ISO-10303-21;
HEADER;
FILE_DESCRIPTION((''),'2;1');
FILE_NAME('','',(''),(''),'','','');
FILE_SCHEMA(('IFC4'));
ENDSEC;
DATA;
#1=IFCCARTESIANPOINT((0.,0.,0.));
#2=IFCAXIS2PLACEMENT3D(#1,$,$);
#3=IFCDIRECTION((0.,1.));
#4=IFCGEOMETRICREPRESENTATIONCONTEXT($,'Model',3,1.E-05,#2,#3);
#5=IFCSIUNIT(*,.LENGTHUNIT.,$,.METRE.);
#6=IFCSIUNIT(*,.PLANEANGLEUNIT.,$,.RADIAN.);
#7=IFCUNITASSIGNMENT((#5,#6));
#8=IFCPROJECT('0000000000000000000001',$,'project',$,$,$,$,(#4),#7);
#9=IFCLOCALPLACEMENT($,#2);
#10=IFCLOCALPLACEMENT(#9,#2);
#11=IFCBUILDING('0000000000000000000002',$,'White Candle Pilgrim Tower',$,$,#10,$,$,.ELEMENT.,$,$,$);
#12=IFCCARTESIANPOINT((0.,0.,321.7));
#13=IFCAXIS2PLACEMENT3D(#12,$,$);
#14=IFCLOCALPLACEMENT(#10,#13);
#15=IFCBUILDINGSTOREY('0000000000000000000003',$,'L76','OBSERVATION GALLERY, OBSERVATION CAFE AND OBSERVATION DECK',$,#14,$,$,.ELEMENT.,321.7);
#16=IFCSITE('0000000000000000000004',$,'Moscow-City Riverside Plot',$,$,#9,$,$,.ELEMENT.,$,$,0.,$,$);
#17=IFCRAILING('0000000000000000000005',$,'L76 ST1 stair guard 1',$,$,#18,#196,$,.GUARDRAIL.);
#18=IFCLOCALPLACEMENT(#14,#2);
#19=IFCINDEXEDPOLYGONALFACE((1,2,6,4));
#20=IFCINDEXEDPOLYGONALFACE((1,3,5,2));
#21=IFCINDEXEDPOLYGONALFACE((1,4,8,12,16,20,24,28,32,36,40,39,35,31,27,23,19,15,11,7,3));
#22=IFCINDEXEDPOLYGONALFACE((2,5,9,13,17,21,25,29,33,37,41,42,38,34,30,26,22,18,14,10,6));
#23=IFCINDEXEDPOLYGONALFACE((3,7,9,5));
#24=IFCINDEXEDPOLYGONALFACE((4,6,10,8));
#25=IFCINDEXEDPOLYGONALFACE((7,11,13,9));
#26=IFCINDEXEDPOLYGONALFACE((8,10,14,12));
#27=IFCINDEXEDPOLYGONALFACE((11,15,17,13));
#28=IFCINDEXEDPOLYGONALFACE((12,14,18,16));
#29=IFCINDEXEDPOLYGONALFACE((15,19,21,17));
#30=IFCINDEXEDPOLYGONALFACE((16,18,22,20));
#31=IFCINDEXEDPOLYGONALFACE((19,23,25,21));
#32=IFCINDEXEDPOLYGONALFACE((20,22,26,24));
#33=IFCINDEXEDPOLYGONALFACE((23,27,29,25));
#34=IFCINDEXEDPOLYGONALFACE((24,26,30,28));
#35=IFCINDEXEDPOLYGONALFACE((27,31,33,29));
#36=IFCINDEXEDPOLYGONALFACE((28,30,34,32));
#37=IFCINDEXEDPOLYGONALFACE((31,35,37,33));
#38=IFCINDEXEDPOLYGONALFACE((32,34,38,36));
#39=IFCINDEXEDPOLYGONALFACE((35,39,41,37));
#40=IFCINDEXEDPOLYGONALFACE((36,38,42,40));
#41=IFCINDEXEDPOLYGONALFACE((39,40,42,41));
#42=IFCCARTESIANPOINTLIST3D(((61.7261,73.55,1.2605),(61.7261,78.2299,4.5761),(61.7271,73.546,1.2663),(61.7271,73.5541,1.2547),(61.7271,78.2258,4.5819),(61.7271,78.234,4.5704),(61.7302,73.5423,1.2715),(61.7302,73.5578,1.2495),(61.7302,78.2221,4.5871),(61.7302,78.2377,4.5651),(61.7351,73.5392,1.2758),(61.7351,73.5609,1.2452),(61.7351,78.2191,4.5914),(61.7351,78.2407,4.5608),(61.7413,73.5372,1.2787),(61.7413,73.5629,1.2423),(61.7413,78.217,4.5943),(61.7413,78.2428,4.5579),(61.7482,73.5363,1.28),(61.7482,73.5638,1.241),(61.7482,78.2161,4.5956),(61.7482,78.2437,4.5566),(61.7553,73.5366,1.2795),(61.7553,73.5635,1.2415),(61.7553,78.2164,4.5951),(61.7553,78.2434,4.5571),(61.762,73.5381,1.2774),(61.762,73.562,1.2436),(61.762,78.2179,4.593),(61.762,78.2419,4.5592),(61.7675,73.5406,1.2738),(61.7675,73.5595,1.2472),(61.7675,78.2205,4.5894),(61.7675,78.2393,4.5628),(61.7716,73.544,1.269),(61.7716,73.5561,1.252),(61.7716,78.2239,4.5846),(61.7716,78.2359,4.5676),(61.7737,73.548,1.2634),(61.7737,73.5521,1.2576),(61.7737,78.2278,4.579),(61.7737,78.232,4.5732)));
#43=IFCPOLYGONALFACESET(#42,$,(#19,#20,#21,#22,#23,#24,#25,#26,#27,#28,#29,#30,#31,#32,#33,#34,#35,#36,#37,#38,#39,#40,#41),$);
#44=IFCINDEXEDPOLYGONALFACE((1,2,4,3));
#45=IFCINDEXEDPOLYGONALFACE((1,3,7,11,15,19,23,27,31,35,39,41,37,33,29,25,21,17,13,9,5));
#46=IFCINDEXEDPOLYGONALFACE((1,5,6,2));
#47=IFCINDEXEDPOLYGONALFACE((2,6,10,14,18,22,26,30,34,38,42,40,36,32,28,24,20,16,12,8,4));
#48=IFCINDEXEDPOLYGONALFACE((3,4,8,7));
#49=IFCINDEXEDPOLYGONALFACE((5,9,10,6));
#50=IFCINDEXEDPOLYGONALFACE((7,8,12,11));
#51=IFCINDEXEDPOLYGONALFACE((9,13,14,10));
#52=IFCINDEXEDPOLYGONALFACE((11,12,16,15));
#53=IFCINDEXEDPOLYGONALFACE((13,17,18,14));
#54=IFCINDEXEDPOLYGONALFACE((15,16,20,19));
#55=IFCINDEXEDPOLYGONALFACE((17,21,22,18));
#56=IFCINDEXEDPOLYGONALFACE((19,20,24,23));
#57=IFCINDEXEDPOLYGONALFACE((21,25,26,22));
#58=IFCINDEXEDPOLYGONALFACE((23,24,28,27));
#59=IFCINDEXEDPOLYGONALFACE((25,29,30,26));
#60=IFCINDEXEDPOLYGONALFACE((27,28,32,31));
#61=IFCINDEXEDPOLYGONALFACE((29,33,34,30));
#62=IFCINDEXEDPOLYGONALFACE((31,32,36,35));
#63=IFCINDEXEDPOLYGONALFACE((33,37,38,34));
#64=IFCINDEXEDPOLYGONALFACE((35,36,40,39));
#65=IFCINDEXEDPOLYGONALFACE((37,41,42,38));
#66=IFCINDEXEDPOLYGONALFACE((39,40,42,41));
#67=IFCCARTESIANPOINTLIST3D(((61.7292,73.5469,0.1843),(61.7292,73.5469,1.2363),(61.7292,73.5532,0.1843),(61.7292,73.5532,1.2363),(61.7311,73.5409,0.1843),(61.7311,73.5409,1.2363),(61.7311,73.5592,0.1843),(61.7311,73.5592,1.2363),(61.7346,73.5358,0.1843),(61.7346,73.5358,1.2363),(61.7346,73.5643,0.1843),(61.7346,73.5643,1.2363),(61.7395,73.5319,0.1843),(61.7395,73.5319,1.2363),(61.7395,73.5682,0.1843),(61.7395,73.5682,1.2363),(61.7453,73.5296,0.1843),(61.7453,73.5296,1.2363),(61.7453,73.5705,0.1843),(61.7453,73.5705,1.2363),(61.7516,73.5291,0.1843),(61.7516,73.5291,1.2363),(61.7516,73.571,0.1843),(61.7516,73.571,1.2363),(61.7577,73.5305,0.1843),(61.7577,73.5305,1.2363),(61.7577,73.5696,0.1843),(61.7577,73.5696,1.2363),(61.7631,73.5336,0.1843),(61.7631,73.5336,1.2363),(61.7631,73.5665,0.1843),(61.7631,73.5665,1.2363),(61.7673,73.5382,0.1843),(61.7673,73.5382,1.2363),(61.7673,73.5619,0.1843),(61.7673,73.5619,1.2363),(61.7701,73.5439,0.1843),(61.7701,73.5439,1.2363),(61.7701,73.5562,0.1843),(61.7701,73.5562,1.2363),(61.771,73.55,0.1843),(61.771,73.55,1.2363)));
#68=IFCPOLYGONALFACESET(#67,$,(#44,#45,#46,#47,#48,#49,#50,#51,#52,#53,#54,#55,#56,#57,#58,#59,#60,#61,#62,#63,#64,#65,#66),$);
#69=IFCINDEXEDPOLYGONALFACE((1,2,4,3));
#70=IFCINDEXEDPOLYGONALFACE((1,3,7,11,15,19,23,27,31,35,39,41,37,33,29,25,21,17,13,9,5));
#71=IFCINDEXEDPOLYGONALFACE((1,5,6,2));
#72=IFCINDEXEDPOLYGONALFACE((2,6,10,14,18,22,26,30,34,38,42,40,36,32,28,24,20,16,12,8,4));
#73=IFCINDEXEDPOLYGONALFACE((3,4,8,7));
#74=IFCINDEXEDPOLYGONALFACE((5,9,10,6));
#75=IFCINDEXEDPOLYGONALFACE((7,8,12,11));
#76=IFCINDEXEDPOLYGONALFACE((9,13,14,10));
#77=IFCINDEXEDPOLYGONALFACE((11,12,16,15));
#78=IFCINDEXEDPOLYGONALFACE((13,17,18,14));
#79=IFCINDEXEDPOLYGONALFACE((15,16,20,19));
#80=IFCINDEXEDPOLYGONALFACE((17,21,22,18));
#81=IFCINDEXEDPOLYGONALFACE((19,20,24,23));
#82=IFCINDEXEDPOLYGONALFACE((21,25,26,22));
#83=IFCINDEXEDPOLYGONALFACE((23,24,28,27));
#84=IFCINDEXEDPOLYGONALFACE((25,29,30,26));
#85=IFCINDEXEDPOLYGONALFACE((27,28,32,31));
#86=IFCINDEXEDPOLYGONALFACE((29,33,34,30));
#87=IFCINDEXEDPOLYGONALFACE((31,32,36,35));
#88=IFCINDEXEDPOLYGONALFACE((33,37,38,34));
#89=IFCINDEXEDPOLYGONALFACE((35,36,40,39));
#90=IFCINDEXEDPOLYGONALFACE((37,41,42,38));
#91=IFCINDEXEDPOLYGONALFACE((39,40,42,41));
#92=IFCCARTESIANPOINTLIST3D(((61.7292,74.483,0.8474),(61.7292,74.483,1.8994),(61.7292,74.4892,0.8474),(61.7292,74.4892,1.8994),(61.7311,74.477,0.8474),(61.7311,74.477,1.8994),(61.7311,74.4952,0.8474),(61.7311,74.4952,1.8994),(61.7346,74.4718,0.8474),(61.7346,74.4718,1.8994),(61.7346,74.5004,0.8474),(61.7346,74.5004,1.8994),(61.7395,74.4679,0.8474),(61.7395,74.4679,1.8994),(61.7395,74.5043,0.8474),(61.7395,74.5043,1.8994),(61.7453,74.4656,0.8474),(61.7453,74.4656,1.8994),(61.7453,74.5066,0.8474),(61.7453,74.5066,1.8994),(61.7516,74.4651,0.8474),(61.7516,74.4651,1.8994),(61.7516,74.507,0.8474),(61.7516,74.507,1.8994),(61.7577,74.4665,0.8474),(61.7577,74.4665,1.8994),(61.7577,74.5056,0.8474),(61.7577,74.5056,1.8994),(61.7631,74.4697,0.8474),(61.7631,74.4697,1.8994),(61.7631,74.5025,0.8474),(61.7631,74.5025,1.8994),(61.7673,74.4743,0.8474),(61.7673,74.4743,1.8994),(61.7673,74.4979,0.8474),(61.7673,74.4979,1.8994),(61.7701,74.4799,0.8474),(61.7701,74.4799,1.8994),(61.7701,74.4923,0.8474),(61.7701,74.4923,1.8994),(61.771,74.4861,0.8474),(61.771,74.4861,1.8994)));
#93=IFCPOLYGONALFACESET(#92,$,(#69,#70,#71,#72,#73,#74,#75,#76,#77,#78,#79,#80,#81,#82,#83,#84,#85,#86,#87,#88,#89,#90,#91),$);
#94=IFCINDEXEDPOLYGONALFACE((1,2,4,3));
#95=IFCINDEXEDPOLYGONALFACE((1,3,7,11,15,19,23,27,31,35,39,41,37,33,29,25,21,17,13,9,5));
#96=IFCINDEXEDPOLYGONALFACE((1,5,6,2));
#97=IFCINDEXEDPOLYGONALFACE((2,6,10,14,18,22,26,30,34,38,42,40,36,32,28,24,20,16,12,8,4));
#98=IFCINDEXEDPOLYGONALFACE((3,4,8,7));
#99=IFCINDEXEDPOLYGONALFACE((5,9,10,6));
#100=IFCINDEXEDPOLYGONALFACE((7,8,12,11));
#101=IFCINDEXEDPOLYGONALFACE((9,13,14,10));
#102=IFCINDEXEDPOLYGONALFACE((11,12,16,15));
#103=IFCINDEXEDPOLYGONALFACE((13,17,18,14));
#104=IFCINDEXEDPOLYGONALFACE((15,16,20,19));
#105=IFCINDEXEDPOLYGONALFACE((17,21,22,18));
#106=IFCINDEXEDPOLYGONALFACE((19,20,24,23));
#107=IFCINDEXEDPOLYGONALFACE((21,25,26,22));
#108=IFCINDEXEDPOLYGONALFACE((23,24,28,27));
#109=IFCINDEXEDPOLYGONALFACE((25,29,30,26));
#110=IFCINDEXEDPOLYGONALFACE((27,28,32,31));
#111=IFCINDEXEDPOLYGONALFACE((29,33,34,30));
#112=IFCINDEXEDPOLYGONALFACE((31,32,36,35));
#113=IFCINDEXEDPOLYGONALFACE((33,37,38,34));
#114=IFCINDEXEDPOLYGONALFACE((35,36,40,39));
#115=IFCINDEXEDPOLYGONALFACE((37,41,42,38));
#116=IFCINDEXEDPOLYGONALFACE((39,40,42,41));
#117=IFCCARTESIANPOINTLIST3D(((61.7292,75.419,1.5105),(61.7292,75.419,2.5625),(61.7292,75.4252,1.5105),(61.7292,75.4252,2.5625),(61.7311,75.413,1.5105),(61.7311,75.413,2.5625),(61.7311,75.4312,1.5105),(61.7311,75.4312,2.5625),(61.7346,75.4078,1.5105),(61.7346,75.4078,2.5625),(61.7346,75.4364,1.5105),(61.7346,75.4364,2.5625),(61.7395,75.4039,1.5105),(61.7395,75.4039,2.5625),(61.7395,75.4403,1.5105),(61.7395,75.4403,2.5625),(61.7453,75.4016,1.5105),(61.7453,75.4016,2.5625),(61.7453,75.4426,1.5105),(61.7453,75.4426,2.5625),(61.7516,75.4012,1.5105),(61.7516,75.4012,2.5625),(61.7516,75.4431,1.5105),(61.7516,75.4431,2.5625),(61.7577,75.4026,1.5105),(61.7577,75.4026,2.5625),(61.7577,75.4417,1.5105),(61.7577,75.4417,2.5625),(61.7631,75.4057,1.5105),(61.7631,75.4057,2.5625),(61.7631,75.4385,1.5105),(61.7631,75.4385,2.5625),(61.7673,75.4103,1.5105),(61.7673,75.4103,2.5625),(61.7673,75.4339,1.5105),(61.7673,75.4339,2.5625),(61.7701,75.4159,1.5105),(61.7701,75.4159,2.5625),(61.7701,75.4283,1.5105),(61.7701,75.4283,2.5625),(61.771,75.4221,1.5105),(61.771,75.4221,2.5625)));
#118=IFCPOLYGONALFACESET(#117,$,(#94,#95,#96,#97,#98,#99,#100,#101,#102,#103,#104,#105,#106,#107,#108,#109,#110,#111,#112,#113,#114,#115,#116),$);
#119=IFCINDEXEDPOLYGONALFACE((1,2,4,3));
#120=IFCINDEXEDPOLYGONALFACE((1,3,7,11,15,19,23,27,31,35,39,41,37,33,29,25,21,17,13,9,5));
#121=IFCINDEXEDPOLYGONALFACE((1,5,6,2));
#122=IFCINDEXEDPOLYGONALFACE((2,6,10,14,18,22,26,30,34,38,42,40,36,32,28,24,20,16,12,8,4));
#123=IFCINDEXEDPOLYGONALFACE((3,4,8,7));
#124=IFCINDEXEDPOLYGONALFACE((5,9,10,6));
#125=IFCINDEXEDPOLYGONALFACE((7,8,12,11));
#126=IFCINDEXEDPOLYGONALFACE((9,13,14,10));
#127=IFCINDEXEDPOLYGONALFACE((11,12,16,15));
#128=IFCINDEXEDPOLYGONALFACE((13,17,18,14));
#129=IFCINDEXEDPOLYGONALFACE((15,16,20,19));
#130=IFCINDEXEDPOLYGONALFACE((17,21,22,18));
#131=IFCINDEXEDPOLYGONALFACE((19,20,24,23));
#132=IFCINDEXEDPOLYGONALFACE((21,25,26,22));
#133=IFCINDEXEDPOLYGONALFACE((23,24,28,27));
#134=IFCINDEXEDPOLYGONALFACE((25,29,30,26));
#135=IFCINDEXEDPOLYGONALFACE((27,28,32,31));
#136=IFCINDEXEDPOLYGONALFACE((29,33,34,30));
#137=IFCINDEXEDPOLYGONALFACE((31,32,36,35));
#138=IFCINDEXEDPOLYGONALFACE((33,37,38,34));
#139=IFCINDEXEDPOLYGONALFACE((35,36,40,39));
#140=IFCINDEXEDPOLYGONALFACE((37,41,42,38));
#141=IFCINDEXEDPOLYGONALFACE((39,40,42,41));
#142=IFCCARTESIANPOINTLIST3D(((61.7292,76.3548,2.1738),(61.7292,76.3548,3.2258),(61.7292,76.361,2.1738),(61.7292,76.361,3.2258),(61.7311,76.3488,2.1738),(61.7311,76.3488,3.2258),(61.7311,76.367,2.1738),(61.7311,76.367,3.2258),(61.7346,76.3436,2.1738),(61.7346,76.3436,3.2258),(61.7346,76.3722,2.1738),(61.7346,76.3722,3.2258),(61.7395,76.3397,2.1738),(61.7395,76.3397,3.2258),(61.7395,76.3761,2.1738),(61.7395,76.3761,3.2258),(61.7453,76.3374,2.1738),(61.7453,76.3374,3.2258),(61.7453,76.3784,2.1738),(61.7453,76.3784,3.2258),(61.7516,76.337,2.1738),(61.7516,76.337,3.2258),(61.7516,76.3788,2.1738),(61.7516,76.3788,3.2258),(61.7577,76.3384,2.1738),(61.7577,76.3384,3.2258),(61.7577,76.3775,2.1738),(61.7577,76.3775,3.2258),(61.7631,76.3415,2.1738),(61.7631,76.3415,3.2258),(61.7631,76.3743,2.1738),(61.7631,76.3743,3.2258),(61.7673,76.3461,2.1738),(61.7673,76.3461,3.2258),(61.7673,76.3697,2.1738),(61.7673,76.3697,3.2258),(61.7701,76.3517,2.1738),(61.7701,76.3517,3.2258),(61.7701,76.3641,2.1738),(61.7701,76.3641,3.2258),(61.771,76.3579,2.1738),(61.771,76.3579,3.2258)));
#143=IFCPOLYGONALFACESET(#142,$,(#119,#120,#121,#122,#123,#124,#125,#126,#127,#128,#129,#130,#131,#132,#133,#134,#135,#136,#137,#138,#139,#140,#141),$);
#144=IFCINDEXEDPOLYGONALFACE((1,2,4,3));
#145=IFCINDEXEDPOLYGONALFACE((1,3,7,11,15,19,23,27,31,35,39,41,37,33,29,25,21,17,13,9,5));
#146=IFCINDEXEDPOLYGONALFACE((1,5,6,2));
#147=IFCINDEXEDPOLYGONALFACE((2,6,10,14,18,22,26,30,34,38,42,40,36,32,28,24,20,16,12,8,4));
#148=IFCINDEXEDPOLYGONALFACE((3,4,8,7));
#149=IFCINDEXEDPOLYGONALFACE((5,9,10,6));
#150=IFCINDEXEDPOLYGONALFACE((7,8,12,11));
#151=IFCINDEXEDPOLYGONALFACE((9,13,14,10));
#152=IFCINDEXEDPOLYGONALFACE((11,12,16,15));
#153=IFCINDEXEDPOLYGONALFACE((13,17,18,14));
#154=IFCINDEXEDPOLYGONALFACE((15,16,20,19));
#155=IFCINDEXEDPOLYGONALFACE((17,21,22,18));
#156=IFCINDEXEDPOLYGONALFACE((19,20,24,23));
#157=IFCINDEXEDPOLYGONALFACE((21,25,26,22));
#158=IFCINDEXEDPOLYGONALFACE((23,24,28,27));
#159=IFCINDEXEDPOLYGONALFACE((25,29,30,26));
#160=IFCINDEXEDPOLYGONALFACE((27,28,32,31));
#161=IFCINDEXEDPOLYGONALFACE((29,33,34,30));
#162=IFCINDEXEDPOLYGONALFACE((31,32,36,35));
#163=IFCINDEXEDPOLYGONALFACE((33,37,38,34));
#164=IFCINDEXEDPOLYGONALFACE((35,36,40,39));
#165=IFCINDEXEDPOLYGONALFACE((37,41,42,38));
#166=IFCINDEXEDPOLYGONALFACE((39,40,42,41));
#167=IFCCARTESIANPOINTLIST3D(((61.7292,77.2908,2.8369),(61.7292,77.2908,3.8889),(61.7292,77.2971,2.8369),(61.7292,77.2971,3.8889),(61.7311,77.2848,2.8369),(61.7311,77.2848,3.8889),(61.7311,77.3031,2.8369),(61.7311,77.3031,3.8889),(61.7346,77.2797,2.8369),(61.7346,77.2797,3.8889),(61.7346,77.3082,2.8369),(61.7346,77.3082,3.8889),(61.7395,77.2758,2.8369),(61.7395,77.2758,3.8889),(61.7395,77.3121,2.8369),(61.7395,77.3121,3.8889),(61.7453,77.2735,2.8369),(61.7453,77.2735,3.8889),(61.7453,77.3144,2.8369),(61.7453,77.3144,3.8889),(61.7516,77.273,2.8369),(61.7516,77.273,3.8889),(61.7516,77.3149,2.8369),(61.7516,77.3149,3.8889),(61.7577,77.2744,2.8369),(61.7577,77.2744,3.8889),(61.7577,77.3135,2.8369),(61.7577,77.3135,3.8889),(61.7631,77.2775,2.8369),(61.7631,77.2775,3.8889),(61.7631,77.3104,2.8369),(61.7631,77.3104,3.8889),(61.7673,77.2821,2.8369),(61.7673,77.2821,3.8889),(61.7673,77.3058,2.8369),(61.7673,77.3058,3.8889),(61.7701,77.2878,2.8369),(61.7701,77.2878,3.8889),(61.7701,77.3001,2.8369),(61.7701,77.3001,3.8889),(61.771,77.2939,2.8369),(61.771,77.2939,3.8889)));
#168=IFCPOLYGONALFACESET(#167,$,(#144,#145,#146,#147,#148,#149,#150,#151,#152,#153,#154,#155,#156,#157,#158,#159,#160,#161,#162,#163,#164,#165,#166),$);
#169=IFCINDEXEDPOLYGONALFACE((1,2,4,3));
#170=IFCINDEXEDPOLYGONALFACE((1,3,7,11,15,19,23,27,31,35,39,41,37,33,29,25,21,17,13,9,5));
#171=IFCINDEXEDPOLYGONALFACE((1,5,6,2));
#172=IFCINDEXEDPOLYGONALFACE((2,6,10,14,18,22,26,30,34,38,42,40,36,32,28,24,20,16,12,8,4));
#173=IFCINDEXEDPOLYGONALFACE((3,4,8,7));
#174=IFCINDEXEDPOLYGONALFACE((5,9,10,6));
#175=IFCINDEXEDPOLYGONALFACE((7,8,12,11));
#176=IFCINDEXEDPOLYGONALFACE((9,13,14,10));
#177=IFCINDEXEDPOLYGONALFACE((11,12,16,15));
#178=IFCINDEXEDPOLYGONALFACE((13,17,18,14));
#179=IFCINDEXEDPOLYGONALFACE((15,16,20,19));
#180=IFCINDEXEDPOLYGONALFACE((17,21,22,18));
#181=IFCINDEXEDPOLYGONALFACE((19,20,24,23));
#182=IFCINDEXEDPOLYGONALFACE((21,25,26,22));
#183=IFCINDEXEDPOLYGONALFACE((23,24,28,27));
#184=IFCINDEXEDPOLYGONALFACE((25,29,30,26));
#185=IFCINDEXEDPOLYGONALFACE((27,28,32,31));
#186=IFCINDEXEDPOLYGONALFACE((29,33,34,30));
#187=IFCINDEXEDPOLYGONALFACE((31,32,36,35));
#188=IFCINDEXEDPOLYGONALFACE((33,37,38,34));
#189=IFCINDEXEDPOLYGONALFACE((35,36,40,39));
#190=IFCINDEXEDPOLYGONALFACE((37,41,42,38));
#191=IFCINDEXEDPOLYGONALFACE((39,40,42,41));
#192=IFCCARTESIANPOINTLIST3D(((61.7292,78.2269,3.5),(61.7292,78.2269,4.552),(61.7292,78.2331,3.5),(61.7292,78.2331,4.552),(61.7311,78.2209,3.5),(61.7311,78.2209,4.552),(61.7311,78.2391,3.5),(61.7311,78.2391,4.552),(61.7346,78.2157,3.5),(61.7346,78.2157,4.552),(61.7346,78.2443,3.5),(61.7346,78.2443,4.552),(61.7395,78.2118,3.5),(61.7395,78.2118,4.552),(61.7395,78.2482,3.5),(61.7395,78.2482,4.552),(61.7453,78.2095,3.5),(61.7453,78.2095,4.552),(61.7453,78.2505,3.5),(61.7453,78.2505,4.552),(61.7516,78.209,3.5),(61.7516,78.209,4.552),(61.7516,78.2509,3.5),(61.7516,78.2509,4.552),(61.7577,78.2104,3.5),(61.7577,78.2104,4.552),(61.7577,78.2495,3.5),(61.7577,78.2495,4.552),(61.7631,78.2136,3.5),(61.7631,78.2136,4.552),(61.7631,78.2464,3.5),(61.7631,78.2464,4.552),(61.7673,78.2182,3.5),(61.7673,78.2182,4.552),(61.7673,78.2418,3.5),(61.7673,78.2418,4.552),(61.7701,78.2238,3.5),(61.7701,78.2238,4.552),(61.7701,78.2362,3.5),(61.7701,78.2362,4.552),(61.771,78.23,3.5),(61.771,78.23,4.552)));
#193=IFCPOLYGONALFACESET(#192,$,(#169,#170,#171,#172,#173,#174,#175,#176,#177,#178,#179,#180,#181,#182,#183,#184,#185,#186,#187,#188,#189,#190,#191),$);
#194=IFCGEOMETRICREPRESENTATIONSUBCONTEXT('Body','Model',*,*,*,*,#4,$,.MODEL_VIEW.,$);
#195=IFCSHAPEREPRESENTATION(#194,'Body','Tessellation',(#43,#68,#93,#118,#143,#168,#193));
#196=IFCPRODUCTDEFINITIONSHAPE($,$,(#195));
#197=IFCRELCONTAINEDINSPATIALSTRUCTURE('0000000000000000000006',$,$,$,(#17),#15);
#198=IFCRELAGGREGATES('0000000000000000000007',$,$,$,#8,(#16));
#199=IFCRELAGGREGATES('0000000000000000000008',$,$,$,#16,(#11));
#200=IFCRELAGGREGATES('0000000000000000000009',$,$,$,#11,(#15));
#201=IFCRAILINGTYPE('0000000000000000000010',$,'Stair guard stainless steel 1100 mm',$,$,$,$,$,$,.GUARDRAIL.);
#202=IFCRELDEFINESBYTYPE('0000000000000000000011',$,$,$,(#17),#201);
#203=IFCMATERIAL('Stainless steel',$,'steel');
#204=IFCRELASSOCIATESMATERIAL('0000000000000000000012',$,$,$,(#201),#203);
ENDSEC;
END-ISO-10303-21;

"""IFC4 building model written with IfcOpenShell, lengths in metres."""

from ifc_helpers import new_model, si_unit, direction, frame, origin, origin_2d, place, context, subcontext, project, spatial, circle, extrude, material, type_object, element, save


model = new_model("IFC4")

# Units and contexts
model_context = context("Model", 3, precision=1e-05, world=origin(), true_north=direction((0.0, 1.0)))
body_context = subcontext(model_context, "Body", "Model", "MODEL_VIEW")
ifc_project = project(units=[si_unit("LENGTHUNIT", "METRE"), si_unit("PLANEANGLEUNIT", "RADIAN")], contexts=[model_context])

# Site, building, storey
site_placement = place(None, origin())
site = spatial("IfcSite", under=ifc_project, at=site_placement, Name="Moscow-City Riverside Plot", CompositionType="ELEMENT", RefElevation=0.0)
building_placement = place(site_placement, origin())
building = spatial("IfcBuilding", under=site, at=building_placement, Name="White Candle Pilgrim Tower", CompositionType="ELEMENT")
storey_placement = place(building_placement, frame((0.0, 0.0, 321.7)))
storey = spatial("IfcBuildingStorey", under=building, at=storey_placement, Name="L76", Description="OBSERVATION GALLERY, OBSERVATION CAFE AND OBSERVATION DECK", CompositionType="ELEMENT", Elevation=321.7)

# Railing
ifc_material_1 = material(Name="Stainless steel", Category="steel")
railing_type_1 = type_object("IfcRailingType", Name="Stair guard stainless steel 1100 mm", PredefinedType="GUARDRAIL", material=ifc_material_1)
railing_1_placement = place(storey_placement, frame((61.75, 73.55, 0.1843)))
element("IfcRailing", 1, at=railing_1_placement, inside=storey, type_object=railing_type_1, Name="L76 ST1 stair guard 1", PredefinedType="GUARDRAIL", context=body_context, shape_type="SweptSolid", body=[
    extrude(circle(Radius=0.0239, at=origin_2d()), frame((0.0, 0.0, 1.0762), z_axis=(0.0, 0.815965, 0.578101), x_axis=(-1.0, 0.0, 0.0)), (0.0, 0.0, 1.0), 5.7354),
    extrude(circle(Radius=0.021, at=origin_2d()), origin(), (0.0, 0.0, 1.0), 1.052),
    extrude(circle(Radius=0.021, at=origin_2d()), frame((0.0, 0.936, 0.6631)), (0.0, 0.0, 1.0), 1.052),
    extrude(circle(Radius=0.021, at=origin_2d()), frame((0.0, 1.8721, 1.3262)), (0.0, 0.0, 1.0), 1.052),
    extrude(circle(Radius=0.021, at=origin_2d()), frame((0.0, 2.8079, 1.9895)), (0.0, 0.0, 1.0), 1.052),
    extrude(circle(Radius=0.021, at=origin_2d()), frame((0.0, 3.7439, 2.6526)), (0.0, 0.0, 1.0), 1.052),
    extrude(circle(Radius=0.021, at=origin_2d()), frame((0.0, 4.6799, 3.3157)), (0.0, 0.0, 1.0), 1.052),
])

save(model, "model.ifc")
